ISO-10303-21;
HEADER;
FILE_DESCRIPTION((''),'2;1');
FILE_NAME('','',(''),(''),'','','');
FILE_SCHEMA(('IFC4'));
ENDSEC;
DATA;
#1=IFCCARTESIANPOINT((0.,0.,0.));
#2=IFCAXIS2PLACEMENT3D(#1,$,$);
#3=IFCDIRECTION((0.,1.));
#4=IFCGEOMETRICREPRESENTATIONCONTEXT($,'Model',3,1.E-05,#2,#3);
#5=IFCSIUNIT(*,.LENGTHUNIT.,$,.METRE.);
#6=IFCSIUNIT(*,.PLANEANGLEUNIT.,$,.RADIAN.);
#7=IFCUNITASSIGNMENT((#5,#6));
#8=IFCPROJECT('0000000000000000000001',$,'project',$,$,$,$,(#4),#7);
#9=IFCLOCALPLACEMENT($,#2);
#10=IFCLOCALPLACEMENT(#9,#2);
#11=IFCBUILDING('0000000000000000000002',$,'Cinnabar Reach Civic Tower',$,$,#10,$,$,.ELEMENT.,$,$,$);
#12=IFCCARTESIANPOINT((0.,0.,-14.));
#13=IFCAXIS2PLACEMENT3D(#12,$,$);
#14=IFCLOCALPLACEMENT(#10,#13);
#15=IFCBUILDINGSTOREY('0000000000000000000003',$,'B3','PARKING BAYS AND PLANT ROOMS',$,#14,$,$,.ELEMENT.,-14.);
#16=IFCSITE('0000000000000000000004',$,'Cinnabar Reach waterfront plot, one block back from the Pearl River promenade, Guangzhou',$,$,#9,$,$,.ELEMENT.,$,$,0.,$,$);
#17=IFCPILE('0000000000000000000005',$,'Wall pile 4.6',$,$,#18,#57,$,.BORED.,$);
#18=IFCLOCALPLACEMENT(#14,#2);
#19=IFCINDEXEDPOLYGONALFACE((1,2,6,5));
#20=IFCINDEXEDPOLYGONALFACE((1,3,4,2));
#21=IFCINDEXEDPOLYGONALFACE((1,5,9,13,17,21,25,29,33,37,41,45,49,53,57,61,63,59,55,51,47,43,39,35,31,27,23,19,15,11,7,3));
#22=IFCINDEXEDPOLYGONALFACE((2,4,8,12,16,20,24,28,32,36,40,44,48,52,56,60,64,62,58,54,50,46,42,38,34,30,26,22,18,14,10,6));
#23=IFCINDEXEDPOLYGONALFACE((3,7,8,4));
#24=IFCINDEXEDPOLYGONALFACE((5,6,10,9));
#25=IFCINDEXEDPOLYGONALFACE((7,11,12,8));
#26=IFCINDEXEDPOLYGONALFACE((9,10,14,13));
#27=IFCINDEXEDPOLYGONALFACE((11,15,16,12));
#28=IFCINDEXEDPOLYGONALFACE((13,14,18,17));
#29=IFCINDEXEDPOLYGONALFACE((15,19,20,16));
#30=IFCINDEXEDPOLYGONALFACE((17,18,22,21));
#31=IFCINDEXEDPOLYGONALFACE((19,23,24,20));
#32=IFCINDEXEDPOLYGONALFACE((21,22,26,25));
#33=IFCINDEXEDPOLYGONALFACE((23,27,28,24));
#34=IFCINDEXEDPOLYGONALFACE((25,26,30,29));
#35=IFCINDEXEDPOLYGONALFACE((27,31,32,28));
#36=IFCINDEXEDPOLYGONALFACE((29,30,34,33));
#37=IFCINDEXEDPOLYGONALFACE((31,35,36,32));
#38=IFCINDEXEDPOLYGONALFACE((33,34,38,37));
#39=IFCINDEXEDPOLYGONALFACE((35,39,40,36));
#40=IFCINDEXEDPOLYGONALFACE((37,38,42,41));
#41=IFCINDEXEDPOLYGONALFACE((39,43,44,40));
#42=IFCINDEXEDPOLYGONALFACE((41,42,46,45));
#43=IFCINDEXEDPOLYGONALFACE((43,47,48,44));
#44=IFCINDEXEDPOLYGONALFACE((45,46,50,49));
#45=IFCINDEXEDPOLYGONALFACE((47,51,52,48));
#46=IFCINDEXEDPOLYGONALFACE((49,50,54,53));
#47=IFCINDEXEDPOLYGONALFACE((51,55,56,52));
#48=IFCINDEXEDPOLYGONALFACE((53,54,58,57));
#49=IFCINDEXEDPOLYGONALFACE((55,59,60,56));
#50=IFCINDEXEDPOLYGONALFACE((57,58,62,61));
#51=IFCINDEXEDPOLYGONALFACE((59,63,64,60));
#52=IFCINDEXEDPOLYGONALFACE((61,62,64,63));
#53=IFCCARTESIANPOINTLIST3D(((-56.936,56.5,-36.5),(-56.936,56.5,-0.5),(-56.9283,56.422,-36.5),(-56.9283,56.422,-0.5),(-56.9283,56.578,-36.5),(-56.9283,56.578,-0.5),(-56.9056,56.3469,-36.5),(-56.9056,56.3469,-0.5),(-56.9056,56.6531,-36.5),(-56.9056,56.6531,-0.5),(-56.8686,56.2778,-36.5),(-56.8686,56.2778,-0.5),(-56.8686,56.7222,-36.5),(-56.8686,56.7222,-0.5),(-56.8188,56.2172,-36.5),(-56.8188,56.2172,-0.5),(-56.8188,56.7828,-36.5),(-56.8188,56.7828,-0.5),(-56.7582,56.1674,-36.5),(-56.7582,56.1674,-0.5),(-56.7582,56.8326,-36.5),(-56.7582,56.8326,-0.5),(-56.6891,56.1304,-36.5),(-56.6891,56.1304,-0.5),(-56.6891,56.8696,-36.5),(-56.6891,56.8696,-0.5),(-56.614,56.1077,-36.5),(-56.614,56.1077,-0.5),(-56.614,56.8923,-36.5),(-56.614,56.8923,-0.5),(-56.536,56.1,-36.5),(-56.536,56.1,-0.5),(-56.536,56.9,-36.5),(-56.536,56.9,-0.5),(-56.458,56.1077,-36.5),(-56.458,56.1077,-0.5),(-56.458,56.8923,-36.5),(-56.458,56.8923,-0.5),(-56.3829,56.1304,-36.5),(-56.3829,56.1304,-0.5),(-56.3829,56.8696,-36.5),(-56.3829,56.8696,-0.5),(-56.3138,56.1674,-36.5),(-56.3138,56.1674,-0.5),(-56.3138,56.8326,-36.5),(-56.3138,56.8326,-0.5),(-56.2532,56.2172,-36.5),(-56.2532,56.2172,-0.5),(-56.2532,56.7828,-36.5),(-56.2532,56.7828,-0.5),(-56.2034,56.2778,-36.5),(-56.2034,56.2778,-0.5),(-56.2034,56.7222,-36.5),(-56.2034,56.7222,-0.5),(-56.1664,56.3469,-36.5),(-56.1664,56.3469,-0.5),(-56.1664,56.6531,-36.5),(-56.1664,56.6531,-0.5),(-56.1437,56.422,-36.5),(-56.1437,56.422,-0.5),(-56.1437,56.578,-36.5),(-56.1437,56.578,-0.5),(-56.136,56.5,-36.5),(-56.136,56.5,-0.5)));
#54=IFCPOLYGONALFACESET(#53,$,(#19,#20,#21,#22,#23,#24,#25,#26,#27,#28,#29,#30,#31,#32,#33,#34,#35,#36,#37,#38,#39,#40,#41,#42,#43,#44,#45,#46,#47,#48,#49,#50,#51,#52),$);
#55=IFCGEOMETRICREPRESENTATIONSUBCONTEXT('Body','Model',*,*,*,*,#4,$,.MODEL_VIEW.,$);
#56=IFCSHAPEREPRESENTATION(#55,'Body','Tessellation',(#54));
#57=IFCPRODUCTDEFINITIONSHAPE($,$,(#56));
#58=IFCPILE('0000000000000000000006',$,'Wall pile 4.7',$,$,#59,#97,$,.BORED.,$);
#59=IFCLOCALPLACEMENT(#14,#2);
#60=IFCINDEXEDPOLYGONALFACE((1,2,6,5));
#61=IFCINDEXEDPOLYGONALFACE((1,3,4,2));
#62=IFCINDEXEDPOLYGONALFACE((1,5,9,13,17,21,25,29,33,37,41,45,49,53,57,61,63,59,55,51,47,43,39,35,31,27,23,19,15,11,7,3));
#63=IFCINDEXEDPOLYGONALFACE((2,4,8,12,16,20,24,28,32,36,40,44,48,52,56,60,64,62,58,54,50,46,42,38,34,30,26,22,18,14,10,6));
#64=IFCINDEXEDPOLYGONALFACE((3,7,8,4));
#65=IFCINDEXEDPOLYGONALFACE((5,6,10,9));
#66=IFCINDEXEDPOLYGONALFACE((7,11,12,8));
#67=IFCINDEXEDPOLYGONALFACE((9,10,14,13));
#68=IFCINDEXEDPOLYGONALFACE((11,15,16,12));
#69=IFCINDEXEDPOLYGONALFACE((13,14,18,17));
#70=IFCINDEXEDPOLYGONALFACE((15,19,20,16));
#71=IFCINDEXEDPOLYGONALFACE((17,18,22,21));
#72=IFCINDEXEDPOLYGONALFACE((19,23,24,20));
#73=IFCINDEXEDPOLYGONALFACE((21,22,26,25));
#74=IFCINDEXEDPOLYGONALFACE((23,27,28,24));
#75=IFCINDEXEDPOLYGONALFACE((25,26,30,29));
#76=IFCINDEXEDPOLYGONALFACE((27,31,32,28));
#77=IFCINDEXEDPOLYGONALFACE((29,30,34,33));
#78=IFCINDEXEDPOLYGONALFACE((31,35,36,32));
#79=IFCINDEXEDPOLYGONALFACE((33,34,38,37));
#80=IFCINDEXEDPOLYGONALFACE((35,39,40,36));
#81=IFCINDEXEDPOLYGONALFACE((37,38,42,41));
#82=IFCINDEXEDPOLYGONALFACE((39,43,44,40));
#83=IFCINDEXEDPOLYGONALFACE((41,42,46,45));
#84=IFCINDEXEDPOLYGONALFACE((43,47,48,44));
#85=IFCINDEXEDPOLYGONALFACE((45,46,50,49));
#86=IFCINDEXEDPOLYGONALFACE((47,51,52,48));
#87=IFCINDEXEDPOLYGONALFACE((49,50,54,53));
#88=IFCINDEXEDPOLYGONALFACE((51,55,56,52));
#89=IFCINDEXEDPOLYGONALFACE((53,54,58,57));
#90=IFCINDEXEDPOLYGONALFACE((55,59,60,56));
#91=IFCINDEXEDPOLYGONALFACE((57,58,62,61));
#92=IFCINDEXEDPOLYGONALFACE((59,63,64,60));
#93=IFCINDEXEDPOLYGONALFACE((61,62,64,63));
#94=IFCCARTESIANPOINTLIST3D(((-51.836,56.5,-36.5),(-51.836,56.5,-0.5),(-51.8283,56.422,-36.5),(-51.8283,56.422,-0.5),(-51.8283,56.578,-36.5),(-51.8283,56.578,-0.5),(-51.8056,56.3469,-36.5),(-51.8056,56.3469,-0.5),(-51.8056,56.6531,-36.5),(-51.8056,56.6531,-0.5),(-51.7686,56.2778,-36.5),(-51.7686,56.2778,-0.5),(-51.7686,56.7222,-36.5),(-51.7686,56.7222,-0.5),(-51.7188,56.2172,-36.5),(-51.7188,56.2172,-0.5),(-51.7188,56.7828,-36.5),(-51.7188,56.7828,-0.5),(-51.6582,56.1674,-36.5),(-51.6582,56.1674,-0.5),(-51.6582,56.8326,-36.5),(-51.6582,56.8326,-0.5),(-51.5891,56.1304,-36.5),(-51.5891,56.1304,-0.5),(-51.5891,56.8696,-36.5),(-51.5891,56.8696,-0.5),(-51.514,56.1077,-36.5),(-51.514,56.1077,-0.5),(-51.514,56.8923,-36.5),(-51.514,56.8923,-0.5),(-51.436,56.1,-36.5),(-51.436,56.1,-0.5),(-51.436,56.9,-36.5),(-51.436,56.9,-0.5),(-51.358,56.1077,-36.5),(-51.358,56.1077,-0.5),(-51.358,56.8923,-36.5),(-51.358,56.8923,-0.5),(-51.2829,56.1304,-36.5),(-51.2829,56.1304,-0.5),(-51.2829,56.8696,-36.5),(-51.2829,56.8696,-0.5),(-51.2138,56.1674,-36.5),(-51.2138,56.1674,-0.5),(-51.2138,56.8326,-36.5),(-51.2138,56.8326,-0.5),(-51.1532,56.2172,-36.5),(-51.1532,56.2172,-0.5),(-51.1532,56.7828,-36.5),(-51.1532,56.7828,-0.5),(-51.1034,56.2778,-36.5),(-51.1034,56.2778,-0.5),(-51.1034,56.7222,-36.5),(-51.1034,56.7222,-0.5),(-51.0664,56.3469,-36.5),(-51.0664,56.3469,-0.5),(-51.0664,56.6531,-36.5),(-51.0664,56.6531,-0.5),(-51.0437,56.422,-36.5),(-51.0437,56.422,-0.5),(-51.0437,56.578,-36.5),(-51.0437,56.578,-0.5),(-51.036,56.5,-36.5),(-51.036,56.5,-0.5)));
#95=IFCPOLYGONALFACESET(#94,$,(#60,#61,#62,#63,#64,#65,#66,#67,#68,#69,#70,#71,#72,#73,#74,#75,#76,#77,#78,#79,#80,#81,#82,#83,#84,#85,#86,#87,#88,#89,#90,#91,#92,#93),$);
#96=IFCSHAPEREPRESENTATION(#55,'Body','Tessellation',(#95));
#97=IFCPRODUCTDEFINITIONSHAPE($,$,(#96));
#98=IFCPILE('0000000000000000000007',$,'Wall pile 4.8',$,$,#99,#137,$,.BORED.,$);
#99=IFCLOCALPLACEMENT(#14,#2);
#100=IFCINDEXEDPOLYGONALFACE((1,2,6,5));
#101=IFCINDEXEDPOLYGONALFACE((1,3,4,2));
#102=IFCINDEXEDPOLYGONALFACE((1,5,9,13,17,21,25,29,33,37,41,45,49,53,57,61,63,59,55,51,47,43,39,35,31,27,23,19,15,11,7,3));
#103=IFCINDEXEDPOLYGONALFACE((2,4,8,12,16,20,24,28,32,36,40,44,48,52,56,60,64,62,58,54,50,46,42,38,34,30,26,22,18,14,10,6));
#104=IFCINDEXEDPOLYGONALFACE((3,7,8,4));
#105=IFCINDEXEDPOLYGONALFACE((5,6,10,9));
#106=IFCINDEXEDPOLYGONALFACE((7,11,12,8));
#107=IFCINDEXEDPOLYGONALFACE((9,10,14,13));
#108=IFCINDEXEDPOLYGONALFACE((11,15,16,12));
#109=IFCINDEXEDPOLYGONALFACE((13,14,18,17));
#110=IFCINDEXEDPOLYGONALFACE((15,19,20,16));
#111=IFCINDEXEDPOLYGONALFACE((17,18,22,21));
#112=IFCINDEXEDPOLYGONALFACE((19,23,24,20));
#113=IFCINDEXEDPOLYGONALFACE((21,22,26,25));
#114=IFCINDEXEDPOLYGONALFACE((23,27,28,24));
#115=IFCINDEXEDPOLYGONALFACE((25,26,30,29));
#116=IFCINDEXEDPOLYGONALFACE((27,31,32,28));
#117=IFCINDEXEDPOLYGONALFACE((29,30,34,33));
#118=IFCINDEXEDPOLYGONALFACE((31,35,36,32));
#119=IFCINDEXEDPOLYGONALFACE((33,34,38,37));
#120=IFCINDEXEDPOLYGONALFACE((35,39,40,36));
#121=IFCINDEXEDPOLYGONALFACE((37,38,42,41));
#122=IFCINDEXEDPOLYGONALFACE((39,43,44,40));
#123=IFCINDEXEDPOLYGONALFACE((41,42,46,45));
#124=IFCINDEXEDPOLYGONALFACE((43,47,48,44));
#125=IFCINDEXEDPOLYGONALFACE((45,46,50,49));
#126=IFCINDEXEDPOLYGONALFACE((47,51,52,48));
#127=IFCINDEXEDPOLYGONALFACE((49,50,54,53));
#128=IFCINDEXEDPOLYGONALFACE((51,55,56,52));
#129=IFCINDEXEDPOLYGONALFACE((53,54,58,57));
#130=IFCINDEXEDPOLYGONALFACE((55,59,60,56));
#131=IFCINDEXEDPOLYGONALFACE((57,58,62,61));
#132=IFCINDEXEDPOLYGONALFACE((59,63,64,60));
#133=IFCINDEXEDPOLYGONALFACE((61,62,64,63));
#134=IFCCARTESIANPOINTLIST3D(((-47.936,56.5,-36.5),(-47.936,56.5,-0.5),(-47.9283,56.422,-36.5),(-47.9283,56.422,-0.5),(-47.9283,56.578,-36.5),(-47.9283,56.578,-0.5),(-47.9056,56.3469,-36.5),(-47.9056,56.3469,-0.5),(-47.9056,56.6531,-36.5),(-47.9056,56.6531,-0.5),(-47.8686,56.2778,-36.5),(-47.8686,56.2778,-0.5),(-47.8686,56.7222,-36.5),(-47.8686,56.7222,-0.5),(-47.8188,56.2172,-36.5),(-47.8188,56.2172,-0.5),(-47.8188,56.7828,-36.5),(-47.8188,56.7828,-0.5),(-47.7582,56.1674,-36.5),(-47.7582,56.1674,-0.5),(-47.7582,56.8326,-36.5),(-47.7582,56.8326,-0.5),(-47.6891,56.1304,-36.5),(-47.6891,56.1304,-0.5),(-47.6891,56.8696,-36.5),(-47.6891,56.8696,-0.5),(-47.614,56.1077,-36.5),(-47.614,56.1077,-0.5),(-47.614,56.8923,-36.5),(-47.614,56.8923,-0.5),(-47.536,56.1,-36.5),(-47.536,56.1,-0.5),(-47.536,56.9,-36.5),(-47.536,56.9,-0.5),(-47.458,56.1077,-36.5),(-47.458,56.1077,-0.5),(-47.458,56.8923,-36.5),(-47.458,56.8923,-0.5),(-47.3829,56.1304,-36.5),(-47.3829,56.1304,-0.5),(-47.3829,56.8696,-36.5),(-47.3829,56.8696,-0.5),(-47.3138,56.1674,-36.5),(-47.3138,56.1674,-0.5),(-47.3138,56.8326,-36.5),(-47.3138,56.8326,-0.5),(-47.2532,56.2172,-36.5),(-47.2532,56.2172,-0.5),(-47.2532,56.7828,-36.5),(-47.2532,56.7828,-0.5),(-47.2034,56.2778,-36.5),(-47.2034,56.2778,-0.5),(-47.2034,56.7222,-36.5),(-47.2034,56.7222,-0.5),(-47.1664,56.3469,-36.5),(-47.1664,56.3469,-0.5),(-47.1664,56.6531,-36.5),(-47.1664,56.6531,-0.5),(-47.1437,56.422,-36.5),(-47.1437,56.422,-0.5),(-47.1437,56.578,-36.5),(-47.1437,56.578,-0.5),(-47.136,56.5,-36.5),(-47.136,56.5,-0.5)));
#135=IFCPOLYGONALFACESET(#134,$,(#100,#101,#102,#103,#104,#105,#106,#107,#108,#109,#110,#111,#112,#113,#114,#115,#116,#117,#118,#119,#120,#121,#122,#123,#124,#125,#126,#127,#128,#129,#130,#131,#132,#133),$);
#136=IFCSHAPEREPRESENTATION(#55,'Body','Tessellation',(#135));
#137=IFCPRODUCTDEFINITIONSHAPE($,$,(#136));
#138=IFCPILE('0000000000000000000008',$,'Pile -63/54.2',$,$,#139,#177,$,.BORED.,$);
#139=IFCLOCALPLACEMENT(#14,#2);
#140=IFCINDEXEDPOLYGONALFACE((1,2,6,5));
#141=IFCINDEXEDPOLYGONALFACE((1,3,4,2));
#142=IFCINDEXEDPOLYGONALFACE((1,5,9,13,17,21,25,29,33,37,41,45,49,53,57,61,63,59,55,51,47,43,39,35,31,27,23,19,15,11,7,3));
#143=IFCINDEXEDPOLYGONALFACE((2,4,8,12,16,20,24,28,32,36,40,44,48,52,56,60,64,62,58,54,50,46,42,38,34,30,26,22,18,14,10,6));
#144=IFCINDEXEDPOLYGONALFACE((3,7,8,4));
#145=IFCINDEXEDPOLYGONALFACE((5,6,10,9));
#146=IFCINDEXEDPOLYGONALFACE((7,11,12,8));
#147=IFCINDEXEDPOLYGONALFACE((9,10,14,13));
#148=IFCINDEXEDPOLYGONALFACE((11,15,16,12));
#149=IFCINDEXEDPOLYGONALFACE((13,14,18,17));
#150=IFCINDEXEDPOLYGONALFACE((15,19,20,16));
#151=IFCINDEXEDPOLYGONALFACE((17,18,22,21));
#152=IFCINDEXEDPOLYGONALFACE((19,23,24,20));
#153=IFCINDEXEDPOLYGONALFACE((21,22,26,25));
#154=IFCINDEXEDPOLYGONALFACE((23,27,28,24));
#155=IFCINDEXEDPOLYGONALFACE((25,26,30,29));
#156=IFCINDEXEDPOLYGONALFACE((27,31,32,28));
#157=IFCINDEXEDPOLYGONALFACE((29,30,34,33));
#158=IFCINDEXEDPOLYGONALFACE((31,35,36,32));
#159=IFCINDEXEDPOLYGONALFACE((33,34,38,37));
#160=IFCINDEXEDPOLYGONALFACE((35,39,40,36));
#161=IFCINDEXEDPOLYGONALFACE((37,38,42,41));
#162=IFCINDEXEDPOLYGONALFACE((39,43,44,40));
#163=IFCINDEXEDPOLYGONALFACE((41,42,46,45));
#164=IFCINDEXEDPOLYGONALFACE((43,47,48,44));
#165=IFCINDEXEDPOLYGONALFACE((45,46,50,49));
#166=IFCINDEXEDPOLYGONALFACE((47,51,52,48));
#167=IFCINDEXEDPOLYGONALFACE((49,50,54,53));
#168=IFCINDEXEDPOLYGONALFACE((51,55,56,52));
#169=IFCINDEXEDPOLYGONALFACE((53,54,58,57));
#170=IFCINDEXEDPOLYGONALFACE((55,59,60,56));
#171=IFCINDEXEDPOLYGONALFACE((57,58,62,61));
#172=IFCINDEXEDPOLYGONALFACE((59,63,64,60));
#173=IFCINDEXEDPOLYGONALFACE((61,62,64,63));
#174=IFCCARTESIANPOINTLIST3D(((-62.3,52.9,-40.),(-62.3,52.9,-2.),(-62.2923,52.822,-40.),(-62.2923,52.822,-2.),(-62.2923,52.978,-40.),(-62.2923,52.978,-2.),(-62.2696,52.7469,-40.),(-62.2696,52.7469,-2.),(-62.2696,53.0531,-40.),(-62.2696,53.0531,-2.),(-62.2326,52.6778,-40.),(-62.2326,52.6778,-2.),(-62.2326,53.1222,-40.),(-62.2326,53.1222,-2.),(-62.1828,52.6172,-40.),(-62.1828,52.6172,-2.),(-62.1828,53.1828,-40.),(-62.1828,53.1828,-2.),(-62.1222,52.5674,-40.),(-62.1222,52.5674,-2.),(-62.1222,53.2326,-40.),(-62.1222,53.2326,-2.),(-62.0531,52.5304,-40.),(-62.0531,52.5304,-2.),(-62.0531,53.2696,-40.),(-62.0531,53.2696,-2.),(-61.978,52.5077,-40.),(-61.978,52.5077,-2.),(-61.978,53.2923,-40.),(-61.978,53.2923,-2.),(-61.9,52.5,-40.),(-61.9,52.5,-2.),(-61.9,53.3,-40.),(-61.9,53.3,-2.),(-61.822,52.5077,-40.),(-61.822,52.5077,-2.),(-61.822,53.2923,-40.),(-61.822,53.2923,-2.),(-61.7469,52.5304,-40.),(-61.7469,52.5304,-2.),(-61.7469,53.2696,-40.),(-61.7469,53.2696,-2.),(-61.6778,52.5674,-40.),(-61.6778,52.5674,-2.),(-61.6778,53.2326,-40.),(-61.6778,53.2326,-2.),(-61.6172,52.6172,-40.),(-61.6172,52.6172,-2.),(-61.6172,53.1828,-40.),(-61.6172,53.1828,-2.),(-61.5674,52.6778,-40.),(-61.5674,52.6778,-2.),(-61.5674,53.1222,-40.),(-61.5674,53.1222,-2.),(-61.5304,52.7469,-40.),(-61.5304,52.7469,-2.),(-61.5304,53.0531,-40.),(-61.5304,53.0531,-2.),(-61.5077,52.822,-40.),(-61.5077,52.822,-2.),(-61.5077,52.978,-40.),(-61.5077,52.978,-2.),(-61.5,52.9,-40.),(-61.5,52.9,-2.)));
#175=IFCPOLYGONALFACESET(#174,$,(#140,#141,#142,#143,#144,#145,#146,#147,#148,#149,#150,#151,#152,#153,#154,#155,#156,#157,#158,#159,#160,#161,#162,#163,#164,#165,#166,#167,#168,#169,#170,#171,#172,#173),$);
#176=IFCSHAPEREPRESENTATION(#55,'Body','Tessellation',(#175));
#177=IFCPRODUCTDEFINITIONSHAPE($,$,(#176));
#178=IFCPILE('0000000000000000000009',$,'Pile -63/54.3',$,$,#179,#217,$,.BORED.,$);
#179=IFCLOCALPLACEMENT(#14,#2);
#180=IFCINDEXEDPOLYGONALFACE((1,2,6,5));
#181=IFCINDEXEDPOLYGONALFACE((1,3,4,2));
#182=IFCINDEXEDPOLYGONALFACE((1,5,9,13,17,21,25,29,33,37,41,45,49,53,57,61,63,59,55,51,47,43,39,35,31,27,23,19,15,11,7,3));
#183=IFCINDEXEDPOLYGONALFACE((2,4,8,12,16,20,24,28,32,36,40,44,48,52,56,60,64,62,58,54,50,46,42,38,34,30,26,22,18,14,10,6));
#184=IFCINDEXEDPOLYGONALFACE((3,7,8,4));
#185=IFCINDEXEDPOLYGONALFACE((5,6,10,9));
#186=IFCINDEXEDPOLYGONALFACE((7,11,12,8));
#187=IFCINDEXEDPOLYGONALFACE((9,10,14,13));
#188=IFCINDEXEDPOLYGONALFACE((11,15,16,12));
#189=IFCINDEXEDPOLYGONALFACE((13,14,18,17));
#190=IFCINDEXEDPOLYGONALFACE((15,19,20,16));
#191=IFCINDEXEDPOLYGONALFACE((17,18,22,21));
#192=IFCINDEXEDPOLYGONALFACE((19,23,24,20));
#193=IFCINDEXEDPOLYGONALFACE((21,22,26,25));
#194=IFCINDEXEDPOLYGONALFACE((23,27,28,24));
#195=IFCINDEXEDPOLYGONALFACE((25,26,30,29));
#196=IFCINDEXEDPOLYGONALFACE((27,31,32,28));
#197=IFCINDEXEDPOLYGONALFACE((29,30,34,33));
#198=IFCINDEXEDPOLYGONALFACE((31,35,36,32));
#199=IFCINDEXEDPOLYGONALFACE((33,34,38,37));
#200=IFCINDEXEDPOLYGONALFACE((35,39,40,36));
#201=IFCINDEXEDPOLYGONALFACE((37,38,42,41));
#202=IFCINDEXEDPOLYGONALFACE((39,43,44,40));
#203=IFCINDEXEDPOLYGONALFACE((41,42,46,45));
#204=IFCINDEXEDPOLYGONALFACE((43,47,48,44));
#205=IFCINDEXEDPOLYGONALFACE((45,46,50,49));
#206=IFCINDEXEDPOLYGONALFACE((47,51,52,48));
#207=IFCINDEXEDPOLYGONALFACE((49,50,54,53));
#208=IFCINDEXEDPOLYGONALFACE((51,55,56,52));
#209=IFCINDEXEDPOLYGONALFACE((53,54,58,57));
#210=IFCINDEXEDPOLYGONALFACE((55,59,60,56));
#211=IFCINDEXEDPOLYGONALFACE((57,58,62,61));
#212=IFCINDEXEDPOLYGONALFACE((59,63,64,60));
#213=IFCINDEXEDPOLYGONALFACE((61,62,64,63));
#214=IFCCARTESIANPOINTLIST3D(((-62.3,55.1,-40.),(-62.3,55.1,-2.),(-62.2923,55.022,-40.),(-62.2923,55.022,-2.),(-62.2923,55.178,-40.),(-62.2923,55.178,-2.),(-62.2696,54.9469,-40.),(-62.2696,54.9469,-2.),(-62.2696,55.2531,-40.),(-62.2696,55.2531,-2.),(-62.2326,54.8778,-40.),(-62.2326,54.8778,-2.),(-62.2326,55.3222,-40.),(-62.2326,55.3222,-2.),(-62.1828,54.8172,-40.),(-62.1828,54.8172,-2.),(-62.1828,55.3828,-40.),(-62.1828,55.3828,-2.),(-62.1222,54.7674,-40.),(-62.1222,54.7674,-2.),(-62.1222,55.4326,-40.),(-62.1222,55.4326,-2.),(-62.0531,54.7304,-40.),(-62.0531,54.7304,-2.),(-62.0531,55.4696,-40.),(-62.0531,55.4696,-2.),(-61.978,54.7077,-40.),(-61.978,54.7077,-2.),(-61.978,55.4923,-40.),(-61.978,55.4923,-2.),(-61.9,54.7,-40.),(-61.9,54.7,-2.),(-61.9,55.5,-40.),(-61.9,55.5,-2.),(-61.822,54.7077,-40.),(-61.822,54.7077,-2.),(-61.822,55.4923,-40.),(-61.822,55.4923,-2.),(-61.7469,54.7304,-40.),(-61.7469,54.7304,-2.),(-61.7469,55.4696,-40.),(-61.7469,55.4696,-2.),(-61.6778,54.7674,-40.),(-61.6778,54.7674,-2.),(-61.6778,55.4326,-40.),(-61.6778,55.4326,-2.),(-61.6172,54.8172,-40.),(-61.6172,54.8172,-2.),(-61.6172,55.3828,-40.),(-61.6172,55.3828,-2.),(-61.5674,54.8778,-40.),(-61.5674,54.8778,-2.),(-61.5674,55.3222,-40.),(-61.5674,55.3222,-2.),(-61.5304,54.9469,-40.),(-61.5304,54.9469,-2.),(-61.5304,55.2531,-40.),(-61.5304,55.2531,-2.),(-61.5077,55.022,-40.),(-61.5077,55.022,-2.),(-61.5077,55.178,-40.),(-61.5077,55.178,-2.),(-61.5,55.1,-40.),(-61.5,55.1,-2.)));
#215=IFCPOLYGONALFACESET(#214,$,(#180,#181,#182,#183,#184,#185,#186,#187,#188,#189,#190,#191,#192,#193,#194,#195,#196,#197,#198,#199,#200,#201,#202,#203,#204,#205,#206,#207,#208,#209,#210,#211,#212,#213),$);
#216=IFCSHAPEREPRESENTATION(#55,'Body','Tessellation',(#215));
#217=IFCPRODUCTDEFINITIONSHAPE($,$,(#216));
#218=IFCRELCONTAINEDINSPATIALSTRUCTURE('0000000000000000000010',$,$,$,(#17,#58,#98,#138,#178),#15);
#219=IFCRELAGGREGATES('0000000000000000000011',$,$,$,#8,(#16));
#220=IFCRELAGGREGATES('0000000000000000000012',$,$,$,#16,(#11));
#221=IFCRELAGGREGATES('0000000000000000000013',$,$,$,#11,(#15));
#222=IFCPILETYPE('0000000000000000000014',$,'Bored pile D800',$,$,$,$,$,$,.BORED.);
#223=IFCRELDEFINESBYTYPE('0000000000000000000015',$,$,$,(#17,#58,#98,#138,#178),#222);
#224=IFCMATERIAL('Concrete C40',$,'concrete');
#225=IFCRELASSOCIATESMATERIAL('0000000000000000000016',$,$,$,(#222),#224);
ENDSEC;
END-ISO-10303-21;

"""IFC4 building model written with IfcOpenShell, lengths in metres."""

from ifc_helpers import new_model, si_unit, direction, frame, origin, origin_2d, place, context, subcontext, project, spatial, circle, extrude, material, type_object, element, save


model = new_model("IFC4")

# Units and contexts
model_context = context("Model", 3, precision=1e-05, world=origin(), true_north=direction((0.0, 1.0)))
body_context = subcontext(model_context, "Body", "Model", "MODEL_VIEW")
ifc_project = project(units=[si_unit("LENGTHUNIT", "METRE"), si_unit("PLANEANGLEUNIT", "RADIAN")], contexts=[model_context])

# Site, building, storey
site_placement = place(None, origin())
site = spatial("IfcSite", under=ifc_project, at=site_placement, Name="Cinnabar Reach waterfront plot, one block back from the Pearl River promenade, Guangzhou", CompositionType="ELEMENT", RefElevation=0.0)
building_placement = place(site_placement, origin())
building = spatial("IfcBuilding", under=site, at=building_placement, Name="Cinnabar Reach Civic Tower", CompositionType="ELEMENT")
storey_placement = place(building_placement, frame((0.0, 0.0, -14.0)))
storey = spatial("IfcBuildingStorey", under=building, at=storey_placement, Name="B3", Description="PARKING BAYS AND PLANT ROOMS", CompositionType="ELEMENT", Elevation=-14.0)

# Piles
ifc_material_1 = material(Name="Concrete C40", Category="concrete")
pile_type_1 = type_object("IfcPileType", Name="Bored pile D800", PredefinedType="BORED", material=ifc_material_1)
for number, where, z_axis, x_axis, name in (
    (1, (-56.536, 56.5, -0.5), (0.0, 0.0, -1.0), (1.0, 0.0, 0.0), "Wall pile 4.6"),
    (2, (-51.436, 56.5, -0.5), (0.0, 0.0, -1.0), (1.0, 0.0, 0.0), "Wall pile 4.7"),
    (3, (-47.536, 56.5, -0.5), (0.0, 0.0, -1.0), (1.0, 0.0, 0.0), "Wall pile 4.8"),
):
    element("IfcPile", number, at=place(storey_placement, frame(where, z_axis=z_axis, x_axis=x_axis)), inside=storey, type_object=pile_type_1, Name=name, PredefinedType="BORED", context=body_context, shape_type="SweptSolid", body=[
        extrude(circle(Radius=0.4, at=origin_2d()), origin(), (0.0, 0.0, 1.0), 36.0),
    ])
for number, where, z_axis, x_axis, name in (
    (4, (-61.9, 52.9, -2.0), (0.0, 0.0, -1.0), (1.0, 0.0, 0.0), "Pile -63/54.2"),
    (5, (-61.9, 55.1, -2.0), (0.0, 0.0, -1.0), (1.0, 0.0, 0.0), "Pile -63/54.3"),
):
    element("IfcPile", number, at=place(storey_placement, frame(where, z_axis=z_axis, x_axis=x_axis)), inside=storey, type_object=pile_type_1, Name=name, PredefinedType="BORED", context=body_context, shape_type="SweptSolid", body=[
        extrude(circle(Radius=0.4, at=origin_2d()), origin(), (0.0, 0.0, 1.0), 38.0),
    ])

save(model, "model.ifc")
